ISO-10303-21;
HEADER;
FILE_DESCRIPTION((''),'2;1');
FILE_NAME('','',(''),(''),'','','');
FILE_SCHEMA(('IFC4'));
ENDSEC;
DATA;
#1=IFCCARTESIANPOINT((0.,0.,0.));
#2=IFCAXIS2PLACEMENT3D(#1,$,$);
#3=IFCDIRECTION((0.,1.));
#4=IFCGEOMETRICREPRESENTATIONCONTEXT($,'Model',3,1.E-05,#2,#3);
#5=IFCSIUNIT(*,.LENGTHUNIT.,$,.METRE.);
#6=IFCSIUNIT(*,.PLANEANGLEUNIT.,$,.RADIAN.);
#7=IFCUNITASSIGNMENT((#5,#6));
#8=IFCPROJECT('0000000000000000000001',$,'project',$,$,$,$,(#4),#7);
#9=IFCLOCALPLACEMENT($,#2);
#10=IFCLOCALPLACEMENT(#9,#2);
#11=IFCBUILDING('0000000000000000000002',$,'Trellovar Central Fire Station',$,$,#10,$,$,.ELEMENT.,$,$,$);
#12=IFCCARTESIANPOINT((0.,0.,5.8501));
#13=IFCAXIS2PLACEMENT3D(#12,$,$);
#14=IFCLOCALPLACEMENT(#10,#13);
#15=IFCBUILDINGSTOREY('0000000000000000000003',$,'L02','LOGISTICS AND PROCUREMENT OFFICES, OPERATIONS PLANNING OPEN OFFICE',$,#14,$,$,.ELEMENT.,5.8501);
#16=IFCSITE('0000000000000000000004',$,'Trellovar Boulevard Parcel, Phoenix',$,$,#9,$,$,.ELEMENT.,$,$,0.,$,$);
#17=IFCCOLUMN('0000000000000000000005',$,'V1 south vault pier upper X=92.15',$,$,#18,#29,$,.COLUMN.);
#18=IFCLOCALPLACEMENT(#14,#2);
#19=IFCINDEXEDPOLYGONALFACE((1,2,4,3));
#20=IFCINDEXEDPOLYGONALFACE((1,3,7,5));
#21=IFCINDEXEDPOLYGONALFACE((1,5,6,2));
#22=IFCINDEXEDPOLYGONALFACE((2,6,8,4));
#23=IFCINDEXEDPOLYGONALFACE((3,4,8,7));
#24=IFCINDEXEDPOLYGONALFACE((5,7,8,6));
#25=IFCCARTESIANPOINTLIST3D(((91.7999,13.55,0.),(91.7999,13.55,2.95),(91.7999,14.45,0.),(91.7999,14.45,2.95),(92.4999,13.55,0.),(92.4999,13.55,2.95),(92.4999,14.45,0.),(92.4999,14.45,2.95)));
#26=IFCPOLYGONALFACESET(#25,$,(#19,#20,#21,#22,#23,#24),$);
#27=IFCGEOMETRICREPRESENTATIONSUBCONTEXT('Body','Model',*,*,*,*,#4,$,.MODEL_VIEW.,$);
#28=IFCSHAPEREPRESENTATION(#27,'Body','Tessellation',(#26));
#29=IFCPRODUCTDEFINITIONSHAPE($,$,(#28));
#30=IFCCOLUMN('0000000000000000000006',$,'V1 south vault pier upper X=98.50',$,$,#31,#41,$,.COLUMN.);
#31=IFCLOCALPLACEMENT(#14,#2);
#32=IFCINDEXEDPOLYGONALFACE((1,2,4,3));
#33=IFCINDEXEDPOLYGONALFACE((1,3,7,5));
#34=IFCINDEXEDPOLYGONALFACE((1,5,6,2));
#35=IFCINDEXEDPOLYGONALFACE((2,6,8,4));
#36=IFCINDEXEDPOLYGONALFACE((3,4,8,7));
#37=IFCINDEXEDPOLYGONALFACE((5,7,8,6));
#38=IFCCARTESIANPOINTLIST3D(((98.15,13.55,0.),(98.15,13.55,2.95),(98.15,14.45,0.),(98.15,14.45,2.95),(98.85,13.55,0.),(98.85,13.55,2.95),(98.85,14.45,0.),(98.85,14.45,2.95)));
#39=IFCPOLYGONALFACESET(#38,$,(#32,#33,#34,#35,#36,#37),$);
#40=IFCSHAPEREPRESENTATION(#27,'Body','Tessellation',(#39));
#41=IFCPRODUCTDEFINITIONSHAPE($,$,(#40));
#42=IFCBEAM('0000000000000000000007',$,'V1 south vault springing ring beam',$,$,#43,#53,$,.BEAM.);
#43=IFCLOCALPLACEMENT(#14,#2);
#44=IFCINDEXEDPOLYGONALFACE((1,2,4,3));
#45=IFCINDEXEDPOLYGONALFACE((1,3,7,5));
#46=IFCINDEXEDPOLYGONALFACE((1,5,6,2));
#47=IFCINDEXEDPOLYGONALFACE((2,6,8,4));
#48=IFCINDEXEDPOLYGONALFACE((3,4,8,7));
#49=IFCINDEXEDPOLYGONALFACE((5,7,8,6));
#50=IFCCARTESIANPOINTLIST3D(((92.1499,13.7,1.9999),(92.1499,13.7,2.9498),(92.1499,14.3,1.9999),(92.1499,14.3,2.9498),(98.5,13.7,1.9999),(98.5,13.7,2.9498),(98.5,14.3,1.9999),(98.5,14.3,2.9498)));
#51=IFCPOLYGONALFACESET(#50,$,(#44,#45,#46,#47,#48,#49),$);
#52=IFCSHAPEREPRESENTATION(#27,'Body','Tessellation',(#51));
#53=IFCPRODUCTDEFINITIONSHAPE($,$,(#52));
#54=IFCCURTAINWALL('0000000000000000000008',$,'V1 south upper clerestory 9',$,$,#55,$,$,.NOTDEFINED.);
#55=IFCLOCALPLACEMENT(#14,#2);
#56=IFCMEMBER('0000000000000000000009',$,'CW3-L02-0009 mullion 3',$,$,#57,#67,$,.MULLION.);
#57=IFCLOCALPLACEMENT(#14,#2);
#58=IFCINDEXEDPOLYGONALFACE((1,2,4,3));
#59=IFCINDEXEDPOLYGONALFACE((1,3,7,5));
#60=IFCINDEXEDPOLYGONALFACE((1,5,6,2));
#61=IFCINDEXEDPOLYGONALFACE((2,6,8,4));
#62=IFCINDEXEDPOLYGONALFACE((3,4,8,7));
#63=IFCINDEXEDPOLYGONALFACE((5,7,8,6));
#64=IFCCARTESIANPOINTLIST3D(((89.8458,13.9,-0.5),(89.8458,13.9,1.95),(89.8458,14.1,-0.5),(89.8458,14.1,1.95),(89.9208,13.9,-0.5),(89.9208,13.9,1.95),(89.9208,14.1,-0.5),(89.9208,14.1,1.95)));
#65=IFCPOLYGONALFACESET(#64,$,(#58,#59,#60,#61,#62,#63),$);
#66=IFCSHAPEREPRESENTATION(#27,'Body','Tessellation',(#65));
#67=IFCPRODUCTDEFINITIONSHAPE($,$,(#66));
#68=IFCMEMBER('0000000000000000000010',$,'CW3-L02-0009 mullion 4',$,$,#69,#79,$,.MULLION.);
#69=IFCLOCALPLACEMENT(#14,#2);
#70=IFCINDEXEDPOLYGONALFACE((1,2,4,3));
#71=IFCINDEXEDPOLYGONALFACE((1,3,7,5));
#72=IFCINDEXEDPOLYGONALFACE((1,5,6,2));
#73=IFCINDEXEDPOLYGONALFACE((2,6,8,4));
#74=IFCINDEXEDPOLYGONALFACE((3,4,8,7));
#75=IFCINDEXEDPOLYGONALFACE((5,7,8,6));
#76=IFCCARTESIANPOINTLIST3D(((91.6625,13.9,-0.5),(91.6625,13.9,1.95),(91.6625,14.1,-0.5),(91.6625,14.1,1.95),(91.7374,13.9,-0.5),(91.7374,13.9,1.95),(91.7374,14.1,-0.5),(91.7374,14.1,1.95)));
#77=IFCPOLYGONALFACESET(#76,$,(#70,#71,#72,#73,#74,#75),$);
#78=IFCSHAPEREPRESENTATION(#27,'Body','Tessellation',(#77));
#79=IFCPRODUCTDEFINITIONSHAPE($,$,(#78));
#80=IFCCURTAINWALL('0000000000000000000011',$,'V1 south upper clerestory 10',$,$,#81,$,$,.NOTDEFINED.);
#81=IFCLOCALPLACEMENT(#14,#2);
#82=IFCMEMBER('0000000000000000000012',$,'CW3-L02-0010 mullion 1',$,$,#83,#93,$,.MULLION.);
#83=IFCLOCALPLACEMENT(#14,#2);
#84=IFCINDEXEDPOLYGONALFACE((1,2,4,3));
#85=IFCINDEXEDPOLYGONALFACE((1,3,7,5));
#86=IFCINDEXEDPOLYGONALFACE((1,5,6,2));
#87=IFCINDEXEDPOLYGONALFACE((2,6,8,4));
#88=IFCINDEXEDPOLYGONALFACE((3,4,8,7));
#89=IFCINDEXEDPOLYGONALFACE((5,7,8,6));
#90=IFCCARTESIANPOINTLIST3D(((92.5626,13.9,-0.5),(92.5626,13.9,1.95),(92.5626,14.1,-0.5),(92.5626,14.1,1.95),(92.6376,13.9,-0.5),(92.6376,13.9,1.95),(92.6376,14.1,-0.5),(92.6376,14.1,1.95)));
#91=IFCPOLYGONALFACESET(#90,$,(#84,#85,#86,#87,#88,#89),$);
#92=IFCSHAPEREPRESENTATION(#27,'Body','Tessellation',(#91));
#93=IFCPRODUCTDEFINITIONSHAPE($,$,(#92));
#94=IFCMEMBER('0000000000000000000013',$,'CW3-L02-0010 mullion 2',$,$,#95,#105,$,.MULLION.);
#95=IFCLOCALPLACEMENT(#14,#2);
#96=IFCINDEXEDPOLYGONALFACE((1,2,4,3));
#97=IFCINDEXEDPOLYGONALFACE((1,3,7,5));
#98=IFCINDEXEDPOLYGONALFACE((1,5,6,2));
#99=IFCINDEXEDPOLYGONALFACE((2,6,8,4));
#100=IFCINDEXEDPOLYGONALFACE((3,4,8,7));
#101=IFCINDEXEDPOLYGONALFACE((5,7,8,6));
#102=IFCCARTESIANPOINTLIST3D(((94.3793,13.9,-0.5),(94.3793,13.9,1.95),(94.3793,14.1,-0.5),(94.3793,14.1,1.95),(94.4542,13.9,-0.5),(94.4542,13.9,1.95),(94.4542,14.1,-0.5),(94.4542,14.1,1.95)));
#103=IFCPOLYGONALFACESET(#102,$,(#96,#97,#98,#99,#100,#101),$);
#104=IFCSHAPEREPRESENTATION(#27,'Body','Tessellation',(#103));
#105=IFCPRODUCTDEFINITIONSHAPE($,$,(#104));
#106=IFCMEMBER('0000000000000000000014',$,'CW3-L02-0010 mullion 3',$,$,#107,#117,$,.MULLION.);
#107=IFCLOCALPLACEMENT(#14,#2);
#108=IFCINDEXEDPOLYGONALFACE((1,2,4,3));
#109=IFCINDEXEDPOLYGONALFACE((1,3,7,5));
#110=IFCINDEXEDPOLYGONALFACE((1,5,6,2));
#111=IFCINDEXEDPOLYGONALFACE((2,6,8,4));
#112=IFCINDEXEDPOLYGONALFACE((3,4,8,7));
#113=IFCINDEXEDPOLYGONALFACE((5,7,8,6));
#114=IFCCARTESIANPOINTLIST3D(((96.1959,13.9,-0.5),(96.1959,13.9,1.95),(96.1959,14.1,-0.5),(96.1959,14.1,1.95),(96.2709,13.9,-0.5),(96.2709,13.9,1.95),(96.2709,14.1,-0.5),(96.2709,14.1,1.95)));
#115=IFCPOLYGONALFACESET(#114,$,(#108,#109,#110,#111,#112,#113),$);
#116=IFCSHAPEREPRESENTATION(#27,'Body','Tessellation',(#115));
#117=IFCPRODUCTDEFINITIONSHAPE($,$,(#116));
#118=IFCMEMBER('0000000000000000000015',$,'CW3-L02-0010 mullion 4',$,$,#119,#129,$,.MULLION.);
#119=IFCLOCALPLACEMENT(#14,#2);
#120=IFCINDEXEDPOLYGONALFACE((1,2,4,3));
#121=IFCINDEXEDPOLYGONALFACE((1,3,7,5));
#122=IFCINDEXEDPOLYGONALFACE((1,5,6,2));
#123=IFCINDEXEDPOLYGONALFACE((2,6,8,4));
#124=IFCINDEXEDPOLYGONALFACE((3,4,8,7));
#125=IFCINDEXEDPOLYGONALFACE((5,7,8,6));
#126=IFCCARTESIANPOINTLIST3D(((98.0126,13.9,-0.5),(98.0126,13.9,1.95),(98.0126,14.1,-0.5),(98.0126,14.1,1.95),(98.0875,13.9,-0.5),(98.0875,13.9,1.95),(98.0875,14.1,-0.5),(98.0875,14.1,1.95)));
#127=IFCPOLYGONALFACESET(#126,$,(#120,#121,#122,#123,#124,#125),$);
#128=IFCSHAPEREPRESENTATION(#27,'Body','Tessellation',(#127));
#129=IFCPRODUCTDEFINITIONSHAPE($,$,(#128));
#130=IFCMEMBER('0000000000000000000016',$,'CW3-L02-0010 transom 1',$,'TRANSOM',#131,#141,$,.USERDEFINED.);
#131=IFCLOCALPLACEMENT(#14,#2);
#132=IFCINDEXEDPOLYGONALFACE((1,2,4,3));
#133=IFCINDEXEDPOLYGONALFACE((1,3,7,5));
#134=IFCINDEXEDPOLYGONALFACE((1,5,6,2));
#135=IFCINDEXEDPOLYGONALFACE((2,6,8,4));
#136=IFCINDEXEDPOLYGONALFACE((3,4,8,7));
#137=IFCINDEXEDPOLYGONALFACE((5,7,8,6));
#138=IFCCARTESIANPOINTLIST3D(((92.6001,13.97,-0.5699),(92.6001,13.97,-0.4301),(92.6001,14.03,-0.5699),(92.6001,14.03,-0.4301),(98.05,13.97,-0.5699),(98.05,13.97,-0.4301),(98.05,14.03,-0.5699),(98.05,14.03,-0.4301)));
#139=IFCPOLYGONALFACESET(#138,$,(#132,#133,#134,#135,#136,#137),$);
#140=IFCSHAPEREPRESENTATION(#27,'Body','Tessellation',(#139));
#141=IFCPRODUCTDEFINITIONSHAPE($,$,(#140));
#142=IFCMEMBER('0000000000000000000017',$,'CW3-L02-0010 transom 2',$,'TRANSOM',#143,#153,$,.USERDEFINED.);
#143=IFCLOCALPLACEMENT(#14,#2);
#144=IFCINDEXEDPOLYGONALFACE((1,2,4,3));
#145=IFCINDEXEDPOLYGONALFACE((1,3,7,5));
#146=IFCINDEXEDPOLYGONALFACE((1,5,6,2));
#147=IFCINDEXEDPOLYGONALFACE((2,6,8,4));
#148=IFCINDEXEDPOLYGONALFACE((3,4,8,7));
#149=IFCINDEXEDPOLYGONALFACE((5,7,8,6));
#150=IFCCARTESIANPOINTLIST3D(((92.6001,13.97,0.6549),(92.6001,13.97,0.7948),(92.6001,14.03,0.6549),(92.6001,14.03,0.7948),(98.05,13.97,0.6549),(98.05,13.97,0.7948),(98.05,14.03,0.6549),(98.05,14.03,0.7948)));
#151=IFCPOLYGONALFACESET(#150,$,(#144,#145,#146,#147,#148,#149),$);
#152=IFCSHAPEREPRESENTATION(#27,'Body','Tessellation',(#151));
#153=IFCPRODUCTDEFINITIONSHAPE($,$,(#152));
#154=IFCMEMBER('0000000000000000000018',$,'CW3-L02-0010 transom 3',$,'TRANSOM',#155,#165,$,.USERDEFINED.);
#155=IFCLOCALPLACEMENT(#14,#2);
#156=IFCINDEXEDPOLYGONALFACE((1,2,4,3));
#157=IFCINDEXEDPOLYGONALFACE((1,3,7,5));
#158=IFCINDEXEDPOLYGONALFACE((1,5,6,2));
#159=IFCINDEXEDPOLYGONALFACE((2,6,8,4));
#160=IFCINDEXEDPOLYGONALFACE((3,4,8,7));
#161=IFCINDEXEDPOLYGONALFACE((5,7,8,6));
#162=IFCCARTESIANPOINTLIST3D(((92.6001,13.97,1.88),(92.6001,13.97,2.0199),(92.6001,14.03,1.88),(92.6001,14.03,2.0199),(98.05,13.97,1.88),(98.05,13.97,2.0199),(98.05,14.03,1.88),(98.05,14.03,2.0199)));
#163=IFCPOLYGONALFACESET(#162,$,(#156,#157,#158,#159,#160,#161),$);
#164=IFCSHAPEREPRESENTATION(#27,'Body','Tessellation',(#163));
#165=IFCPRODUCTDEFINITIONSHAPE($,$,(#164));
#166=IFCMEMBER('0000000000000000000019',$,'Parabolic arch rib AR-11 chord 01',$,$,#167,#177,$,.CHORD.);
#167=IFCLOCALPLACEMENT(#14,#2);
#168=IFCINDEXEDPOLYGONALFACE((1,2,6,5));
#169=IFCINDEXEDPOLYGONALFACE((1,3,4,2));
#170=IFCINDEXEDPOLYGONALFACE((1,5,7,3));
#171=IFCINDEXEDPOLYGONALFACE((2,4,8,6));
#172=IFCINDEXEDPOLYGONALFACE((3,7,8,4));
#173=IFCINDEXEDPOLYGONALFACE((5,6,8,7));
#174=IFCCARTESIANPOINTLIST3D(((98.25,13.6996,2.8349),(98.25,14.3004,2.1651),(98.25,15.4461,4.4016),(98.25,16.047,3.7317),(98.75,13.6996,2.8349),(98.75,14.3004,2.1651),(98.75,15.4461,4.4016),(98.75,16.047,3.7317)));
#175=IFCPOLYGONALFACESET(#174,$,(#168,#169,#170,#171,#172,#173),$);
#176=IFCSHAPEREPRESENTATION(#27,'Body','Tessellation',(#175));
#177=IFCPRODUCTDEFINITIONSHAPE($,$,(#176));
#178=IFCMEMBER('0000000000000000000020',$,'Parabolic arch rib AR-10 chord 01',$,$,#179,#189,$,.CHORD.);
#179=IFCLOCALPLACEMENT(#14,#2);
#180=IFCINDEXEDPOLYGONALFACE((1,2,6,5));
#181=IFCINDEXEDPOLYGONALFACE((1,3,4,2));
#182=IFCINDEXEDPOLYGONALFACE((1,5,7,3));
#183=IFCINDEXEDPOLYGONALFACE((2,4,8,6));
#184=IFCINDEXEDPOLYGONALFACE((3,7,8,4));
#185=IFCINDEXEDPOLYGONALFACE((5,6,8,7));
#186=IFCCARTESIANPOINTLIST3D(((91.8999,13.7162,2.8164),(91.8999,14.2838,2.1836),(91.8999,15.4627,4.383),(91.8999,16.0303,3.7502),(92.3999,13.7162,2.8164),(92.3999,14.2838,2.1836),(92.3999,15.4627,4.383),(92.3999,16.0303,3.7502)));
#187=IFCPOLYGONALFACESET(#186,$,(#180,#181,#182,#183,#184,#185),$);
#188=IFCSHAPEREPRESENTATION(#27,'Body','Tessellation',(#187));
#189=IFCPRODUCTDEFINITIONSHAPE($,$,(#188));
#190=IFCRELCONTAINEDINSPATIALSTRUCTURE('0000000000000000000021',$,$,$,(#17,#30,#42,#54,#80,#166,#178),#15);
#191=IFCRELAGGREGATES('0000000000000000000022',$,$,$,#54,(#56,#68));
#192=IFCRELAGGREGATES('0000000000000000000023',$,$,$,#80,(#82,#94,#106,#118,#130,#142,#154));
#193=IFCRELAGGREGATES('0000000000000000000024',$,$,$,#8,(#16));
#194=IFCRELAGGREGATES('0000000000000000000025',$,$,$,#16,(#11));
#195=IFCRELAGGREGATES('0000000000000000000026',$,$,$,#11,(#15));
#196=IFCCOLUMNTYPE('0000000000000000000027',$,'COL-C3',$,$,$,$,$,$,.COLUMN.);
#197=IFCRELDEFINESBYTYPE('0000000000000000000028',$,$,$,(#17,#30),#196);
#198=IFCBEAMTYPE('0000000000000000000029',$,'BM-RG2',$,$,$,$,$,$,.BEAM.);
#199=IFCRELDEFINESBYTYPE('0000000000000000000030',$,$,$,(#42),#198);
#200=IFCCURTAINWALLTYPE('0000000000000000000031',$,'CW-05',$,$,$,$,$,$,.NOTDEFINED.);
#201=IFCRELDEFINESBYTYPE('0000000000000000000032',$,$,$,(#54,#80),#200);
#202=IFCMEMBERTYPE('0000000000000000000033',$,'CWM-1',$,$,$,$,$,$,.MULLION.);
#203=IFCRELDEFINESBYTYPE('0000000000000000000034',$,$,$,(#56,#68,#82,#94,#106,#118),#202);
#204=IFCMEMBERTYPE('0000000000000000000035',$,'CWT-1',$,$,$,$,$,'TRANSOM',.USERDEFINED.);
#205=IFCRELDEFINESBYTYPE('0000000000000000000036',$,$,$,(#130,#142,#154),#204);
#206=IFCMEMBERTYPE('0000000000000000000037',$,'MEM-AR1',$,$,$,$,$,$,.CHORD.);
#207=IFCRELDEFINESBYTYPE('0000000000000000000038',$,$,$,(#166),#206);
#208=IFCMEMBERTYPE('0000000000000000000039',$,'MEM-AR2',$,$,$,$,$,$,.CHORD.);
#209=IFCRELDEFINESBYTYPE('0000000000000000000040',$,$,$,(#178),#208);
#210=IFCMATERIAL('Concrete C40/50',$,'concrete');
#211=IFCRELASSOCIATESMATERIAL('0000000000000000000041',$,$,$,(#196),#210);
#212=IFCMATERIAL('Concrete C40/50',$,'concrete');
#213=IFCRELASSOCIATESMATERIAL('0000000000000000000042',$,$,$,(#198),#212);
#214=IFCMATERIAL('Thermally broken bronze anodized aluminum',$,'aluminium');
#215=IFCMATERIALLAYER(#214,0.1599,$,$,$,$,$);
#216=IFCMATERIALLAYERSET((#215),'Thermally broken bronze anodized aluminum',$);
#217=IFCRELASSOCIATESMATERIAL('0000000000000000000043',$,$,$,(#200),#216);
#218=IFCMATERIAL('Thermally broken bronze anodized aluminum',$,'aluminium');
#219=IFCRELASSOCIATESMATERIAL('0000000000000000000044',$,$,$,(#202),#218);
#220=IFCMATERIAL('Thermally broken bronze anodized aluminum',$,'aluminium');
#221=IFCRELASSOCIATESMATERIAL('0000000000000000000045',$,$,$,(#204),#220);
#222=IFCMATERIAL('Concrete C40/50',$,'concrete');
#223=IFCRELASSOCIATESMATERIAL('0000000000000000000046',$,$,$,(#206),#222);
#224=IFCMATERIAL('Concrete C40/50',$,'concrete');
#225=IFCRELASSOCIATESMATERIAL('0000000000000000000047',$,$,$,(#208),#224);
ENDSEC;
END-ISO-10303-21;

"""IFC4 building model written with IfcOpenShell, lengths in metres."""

from ifc_helpers import new_model, si_unit, direction, frame, origin, origin_2d, place, context, subcontext, project, spatial, rectangle, extrude, material, layer, layer_set, material_profile, profile_set, type_object, element, aggregate, save


model = new_model("IFC4")

# Units and contexts
model_context = context("Model", 3, precision=1e-05, world=origin(), true_north=direction((0.0, 1.0)))
body_context = subcontext(model_context, "Body", "Model", "MODEL_VIEW")
ifc_project = project(units=[si_unit("LENGTHUNIT", "METRE"), si_unit("PLANEANGLEUNIT", "RADIAN")], contexts=[model_context])

# Site, building, storey
site_placement = place(None, origin())
site = spatial("IfcSite", under=ifc_project, at=site_placement, Name="Trellovar Boulevard Parcel, Phoenix", CompositionType="ELEMENT", RefElevation=0.0)
building_placement = place(site_placement, origin())
building = spatial("IfcBuilding", under=site, at=building_placement, Name="Trellovar Central Fire Station", CompositionType="ELEMENT")
storey_placement = place(building_placement, frame((0.0, 0.0, 5.8501)))
storey = spatial("IfcBuildingStorey", under=building, at=storey_placement, Name="L02", Description="LOGISTICS AND PROCUREMENT OFFICES, OPERATIONS PLANNING OPEN OFFICE", CompositionType="ELEMENT", Elevation=5.8501)

# Columns
ifc_material_1 = material(Name="Concrete C40/50", Category="concrete")
ifc_material_profile_1 = material_profile(ifc_material_1, rectangle(XDim=0.7, YDim=0.8999, at=origin_2d()), Name="RC700X900")
ifc_profile_set_1 = profile_set([ifc_material_profile_1], Name="Concrete C40/50")
column_type = type_object("IfcColumnType", Name="COL-C3", PredefinedType="COLUMN", material=ifc_profile_set_1)
for number, where, z_axis, x_axis, name in (
    (1, (92.1499, 14.0, 0.0), (0.0, 0.0, 1.0), (1.0, 0.0, 0.0), "V1 south vault pier upper X=92.15"),
    (2, (98.5, 14.0, 0.0), (0.0, 0.0, 1.0), (1.0, 0.0, 0.0), "V1 south vault pier upper X=98.50"),
):
    element("IfcColumn", number, at=place(storey_placement, frame(where, z_axis=z_axis, x_axis=x_axis)), inside=storey, type_object=column_type, Name=name, PredefinedType="COLUMN", context=body_context, shape_type="SweptSolid", body=[
        extrude(rectangle(XDim=0.7, YDim=0.8999, at=origin_2d()), origin(), (0.0, 0.0, 1.0), 2.95),
    ])

# Beam
ifc_material_2 = material(Name="Concrete C40/50", Category="concrete")
ifc_material_profile_2 = material_profile(ifc_material_2, rectangle(XDim=0.6001, YDim=0.95, at=origin_2d()), Name="RC600X950")
ifc_profile_set_2 = profile_set([ifc_material_profile_2], Name="Concrete C40/50")
beam_type = type_object("IfcBeamType", Name="BM-RG2", PredefinedType="BEAM", material=ifc_profile_set_2)
beam_placement = place(storey_placement, frame((92.1499, 14.0, 2.4749), z_axis=(1.0, 0.0, 0.0), x_axis=(0.0, 1.0, 0.0)))
element("IfcBeam", 3, at=beam_placement, inside=storey, type_object=beam_type, Name="V1 south vault springing ring beam", PredefinedType="BEAM", context=body_context, shape_type="SweptSolid", body=[
    extrude(rectangle(XDim=0.6001, YDim=0.95, at=origin_2d()), origin(), (0.0, 0.0, 1.0), 6.3501),
])

# Curtain walls, members
ifc_material_3 = material(Name="Thermally broken bronze anodized aluminum", Category="aluminium")
ifc_layer_1 = layer(ifc_material_3, 0.1599)
ifc_layer_set_1 = layer_set([ifc_layer_1], Name="Thermally broken bronze anodized aluminum")
curtain_wall_type = type_object("IfcCurtainWallType", Name="CW-05", PredefinedType="NOTDEFINED", material=ifc_layer_set_1)
curtain_wall_1_placement = place(storey_placement, origin())
curtain_wall_1 = element("IfcCurtainWall", 4, at=curtain_wall_1_placement, inside=storey, type_object=curtain_wall_type, Name="V1 south upper clerestory 9", PredefinedType="NOTDEFINED")
ifc_material_4 = material(Name="Thermally broken bronze anodized aluminum", Category="aluminium")
ifc_material_profile_3 = material_profile(ifc_material_4, rectangle(XDim=0.075, YDim=0.2, at=origin_2d()), Name="ALU75X200")
ifc_profile_set_3 = profile_set([ifc_material_profile_3], Name="Thermally broken bronze anodized aluminum")
member_type_1 = type_object("IfcMemberType", Name="CWM-1", PredefinedType="MULLION", material=ifc_profile_set_3)
member_1_placement = place(storey_placement, frame((89.8833, 14.0, -0.5), z_axis=(0.0, 0.0, 1.0), x_axis=(1.0, 0.0, 0.0)))
member_1 = element("IfcMember", 5, at=member_1_placement, type_object=member_type_1, Name="CW3-L02-0009 mullion 3", PredefinedType="MULLION", context=body_context, shape_type="SweptSolid", body=[
    extrude(rectangle(XDim=0.075, YDim=0.2, at=origin_2d()), origin(), (0.0, 0.0, 1.0), 2.45),
])
member_2_placement = place(storey_placement, frame((91.7, 14.0, -0.5), z_axis=(0.0, 0.0, 1.0), x_axis=(1.0, 0.0, 0.0)))
member_2 = element("IfcMember", 6, at=member_2_placement, type_object=member_type_1, Name="CW3-L02-0009 mullion 4", PredefinedType="MULLION", context=body_context, shape_type="SweptSolid", body=[
    extrude(rectangle(XDim=0.075, YDim=0.2, at=origin_2d()), origin(), (0.0, 0.0, 1.0), 2.45),
])
curtain_wall_2_placement = place(storey_placement, origin())
curtain_wall_2 = element("IfcCurtainWall", 7, at=curtain_wall_2_placement, inside=storey, type_object=curtain_wall_type, Name="V1 south upper clerestory 10", PredefinedType="NOTDEFINED")
member_3_placement = place(storey_placement, frame((92.6001, 14.0, -0.5), z_axis=(0.0, 0.0, 1.0), x_axis=(1.0, 0.0, 0.0)))
member_3 = element("IfcMember", 8, at=member_3_placement, type_object=member_type_1, Name="CW3-L02-0010 mullion 1", PredefinedType="MULLION", context=body_context, shape_type="SweptSolid", body=[
    extrude(rectangle(XDim=0.075, YDim=0.2, at=origin_2d()), origin(), (0.0, 0.0, 1.0), 2.45),
])
member_4_placement = place(storey_placement, frame((94.4167, 14.0, -0.5), z_axis=(0.0, 0.0, 1.0), x_axis=(1.0, 0.0, 0.0)))
member_4 = element("IfcMember", 9, at=member_4_placement, type_object=member_type_1, Name="CW3-L02-0010 mullion 2", PredefinedType="MULLION", context=body_context, shape_type="SweptSolid", body=[
    extrude(rectangle(XDim=0.075, YDim=0.2, at=origin_2d()), origin(), (0.0, 0.0, 1.0), 2.45),
])
member_5_placement = place(storey_placement, frame((96.2334, 14.0, -0.5), z_axis=(0.0, 0.0, 1.0), x_axis=(1.0, 0.0, 0.0)))
member_5 = element("IfcMember", 10, at=member_5_placement, type_object=member_type_1, Name="CW3-L02-0010 mullion 3", PredefinedType="MULLION", context=body_context, shape_type="SweptSolid", body=[
    extrude(rectangle(XDim=0.075, YDim=0.2, at=origin_2d()), origin(), (0.0, 0.0, 1.0), 2.45),
])
member_6_placement = place(storey_placement, frame((98.05, 14.0, -0.5), z_axis=(0.0, 0.0, 1.0), x_axis=(1.0, 0.0, 0.0)))
member_6 = element("IfcMember", 11, at=member_6_placement, type_object=member_type_1, Name="CW3-L02-0010 mullion 4", PredefinedType="MULLION", context=body_context, shape_type="SweptSolid", body=[
    extrude(rectangle(XDim=0.075, YDim=0.2, at=origin_2d()), origin(), (0.0, 0.0, 1.0), 2.45),
])
ifc_material_5 = material(Name="Thermally broken bronze anodized aluminum", Category="aluminium")
ifc_material_profile_4 = material_profile(ifc_material_5, rectangle(XDim=0.0601, YDim=0.1399, at=origin_2d()), Name="ALU60X140")
ifc_profile_set_4 = profile_set([ifc_material_profile_4], Name="Thermally broken bronze anodized aluminum")
member_type_2 = type_object("IfcMemberType", Name="CWT-1", ElementType="TRANSOM", PredefinedType="USERDEFINED", material=ifc_profile_set_4)
member_7_placement = place(storey_placement, frame((92.6001, 14.0, -0.5), z_axis=(1.0, 0.0, 0.0), x_axis=(0.0, 1.0, 0.0)))
member_7 = element("IfcMember", 12, at=member_7_placement, type_object=member_type_2, Name="CW3-L02-0010 transom 1", ObjectType="TRANSOM", PredefinedType="USERDEFINED", context=body_context, shape_type="SweptSolid", body=[
    extrude(rectangle(XDim=0.0601, YDim=0.1399, at=origin_2d()), origin(), (0.0, 0.0, 1.0), 5.45),
])
member_8_placement = place(storey_placement, frame((92.6001, 14.0, 0.7249), z_axis=(1.0, 0.0, 0.0), x_axis=(0.0, 1.0, 0.0)))
member_8 = element("IfcMember", 13, at=member_8_placement, type_object=member_type_2, Name="CW3-L02-0010 transom 2", ObjectType="TRANSOM", PredefinedType="USERDEFINED", context=body_context, shape_type="SweptSolid", body=[
    extrude(rectangle(XDim=0.0601, YDim=0.1399, at=origin_2d()), origin(), (0.0, 0.0, 1.0), 5.45),
])
member_9_placement = place(storey_placement, frame((92.6001, 14.0, 1.95), z_axis=(1.0, 0.0, 0.0), x_axis=(0.0, 1.0, 0.0)))
member_9 = element("IfcMember", 14, at=member_9_placement, type_object=member_type_2, Name="CW3-L02-0010 transom 3", ObjectType="TRANSOM", PredefinedType="USERDEFINED", context=body_context, shape_type="SweptSolid", body=[
    extrude(rectangle(XDim=0.0601, YDim=0.1399, at=origin_2d()), origin(), (0.0, 0.0, 1.0), 5.45),
])

# Members
ifc_material_6 = material(Name="Concrete C40/50", Category="concrete")
ifc_material_profile_5 = material_profile(ifc_material_6, rectangle(XDim=0.5, YDim=0.8999, at=origin_2d()), Name="RC500X900")
ifc_profile_set_5 = profile_set([ifc_material_profile_5], Name="Concrete C40/50")
member_type_3 = type_object("IfcMemberType", Name="MEM-AR1", PredefinedType="CHORD", material=ifc_profile_set_5)
member_10_placement = place(storey_placement, frame((98.5, 14.0, 2.5), z_axis=(0.0, 0.744411, 0.667722), x_axis=(-1.0, 0.0, 0.0)))
element("IfcMember", 15, at=member_10_placement, inside=storey, type_object=member_type_3, Name="Parabolic arch rib AR-11 chord 01", PredefinedType="CHORD", context=body_context, shape_type="SweptSolid", body=[
    extrude(rectangle(XDim=0.5, YDim=0.8999, at=origin_2d()), origin(), (0.0, 0.0, 1.0), 2.3462),
])
ifc_material_7 = material(Name="Concrete C40/50", Category="concrete")
ifc_material_profile_6 = material_profile(ifc_material_7, rectangle(XDim=0.5, YDim=0.8501, at=origin_2d()), Name="RC500X850")
ifc_profile_set_6 = profile_set([ifc_material_profile_6], Name="Concrete C40/50")
member_type_4 = type_object("IfcMemberType", Name="MEM-AR2", PredefinedType="CHORD", material=ifc_profile_set_6)
member_11_placement = place(storey_placement, frame((92.1499, 14.0, 2.5), z_axis=(0.0, 0.744411, 0.667722), x_axis=(-1.0, 0.0, 0.0)))
element("IfcMember", 16, at=member_11_placement, inside=storey, type_object=member_type_4, Name="Parabolic arch rib AR-10 chord 01", PredefinedType="CHORD", context=body_context, shape_type="SweptSolid", body=[
    extrude(rectangle(XDim=0.5, YDim=0.8501, at=origin_2d()), origin(), (0.0, 0.0, 1.0), 2.3462),
])

aggregate(curtain_wall_1, [member_1, member_2])
aggregate(curtain_wall_2, [member_3, member_4, member_5, member_6, member_7, member_8, member_9])

save(model, "model.ifc")
